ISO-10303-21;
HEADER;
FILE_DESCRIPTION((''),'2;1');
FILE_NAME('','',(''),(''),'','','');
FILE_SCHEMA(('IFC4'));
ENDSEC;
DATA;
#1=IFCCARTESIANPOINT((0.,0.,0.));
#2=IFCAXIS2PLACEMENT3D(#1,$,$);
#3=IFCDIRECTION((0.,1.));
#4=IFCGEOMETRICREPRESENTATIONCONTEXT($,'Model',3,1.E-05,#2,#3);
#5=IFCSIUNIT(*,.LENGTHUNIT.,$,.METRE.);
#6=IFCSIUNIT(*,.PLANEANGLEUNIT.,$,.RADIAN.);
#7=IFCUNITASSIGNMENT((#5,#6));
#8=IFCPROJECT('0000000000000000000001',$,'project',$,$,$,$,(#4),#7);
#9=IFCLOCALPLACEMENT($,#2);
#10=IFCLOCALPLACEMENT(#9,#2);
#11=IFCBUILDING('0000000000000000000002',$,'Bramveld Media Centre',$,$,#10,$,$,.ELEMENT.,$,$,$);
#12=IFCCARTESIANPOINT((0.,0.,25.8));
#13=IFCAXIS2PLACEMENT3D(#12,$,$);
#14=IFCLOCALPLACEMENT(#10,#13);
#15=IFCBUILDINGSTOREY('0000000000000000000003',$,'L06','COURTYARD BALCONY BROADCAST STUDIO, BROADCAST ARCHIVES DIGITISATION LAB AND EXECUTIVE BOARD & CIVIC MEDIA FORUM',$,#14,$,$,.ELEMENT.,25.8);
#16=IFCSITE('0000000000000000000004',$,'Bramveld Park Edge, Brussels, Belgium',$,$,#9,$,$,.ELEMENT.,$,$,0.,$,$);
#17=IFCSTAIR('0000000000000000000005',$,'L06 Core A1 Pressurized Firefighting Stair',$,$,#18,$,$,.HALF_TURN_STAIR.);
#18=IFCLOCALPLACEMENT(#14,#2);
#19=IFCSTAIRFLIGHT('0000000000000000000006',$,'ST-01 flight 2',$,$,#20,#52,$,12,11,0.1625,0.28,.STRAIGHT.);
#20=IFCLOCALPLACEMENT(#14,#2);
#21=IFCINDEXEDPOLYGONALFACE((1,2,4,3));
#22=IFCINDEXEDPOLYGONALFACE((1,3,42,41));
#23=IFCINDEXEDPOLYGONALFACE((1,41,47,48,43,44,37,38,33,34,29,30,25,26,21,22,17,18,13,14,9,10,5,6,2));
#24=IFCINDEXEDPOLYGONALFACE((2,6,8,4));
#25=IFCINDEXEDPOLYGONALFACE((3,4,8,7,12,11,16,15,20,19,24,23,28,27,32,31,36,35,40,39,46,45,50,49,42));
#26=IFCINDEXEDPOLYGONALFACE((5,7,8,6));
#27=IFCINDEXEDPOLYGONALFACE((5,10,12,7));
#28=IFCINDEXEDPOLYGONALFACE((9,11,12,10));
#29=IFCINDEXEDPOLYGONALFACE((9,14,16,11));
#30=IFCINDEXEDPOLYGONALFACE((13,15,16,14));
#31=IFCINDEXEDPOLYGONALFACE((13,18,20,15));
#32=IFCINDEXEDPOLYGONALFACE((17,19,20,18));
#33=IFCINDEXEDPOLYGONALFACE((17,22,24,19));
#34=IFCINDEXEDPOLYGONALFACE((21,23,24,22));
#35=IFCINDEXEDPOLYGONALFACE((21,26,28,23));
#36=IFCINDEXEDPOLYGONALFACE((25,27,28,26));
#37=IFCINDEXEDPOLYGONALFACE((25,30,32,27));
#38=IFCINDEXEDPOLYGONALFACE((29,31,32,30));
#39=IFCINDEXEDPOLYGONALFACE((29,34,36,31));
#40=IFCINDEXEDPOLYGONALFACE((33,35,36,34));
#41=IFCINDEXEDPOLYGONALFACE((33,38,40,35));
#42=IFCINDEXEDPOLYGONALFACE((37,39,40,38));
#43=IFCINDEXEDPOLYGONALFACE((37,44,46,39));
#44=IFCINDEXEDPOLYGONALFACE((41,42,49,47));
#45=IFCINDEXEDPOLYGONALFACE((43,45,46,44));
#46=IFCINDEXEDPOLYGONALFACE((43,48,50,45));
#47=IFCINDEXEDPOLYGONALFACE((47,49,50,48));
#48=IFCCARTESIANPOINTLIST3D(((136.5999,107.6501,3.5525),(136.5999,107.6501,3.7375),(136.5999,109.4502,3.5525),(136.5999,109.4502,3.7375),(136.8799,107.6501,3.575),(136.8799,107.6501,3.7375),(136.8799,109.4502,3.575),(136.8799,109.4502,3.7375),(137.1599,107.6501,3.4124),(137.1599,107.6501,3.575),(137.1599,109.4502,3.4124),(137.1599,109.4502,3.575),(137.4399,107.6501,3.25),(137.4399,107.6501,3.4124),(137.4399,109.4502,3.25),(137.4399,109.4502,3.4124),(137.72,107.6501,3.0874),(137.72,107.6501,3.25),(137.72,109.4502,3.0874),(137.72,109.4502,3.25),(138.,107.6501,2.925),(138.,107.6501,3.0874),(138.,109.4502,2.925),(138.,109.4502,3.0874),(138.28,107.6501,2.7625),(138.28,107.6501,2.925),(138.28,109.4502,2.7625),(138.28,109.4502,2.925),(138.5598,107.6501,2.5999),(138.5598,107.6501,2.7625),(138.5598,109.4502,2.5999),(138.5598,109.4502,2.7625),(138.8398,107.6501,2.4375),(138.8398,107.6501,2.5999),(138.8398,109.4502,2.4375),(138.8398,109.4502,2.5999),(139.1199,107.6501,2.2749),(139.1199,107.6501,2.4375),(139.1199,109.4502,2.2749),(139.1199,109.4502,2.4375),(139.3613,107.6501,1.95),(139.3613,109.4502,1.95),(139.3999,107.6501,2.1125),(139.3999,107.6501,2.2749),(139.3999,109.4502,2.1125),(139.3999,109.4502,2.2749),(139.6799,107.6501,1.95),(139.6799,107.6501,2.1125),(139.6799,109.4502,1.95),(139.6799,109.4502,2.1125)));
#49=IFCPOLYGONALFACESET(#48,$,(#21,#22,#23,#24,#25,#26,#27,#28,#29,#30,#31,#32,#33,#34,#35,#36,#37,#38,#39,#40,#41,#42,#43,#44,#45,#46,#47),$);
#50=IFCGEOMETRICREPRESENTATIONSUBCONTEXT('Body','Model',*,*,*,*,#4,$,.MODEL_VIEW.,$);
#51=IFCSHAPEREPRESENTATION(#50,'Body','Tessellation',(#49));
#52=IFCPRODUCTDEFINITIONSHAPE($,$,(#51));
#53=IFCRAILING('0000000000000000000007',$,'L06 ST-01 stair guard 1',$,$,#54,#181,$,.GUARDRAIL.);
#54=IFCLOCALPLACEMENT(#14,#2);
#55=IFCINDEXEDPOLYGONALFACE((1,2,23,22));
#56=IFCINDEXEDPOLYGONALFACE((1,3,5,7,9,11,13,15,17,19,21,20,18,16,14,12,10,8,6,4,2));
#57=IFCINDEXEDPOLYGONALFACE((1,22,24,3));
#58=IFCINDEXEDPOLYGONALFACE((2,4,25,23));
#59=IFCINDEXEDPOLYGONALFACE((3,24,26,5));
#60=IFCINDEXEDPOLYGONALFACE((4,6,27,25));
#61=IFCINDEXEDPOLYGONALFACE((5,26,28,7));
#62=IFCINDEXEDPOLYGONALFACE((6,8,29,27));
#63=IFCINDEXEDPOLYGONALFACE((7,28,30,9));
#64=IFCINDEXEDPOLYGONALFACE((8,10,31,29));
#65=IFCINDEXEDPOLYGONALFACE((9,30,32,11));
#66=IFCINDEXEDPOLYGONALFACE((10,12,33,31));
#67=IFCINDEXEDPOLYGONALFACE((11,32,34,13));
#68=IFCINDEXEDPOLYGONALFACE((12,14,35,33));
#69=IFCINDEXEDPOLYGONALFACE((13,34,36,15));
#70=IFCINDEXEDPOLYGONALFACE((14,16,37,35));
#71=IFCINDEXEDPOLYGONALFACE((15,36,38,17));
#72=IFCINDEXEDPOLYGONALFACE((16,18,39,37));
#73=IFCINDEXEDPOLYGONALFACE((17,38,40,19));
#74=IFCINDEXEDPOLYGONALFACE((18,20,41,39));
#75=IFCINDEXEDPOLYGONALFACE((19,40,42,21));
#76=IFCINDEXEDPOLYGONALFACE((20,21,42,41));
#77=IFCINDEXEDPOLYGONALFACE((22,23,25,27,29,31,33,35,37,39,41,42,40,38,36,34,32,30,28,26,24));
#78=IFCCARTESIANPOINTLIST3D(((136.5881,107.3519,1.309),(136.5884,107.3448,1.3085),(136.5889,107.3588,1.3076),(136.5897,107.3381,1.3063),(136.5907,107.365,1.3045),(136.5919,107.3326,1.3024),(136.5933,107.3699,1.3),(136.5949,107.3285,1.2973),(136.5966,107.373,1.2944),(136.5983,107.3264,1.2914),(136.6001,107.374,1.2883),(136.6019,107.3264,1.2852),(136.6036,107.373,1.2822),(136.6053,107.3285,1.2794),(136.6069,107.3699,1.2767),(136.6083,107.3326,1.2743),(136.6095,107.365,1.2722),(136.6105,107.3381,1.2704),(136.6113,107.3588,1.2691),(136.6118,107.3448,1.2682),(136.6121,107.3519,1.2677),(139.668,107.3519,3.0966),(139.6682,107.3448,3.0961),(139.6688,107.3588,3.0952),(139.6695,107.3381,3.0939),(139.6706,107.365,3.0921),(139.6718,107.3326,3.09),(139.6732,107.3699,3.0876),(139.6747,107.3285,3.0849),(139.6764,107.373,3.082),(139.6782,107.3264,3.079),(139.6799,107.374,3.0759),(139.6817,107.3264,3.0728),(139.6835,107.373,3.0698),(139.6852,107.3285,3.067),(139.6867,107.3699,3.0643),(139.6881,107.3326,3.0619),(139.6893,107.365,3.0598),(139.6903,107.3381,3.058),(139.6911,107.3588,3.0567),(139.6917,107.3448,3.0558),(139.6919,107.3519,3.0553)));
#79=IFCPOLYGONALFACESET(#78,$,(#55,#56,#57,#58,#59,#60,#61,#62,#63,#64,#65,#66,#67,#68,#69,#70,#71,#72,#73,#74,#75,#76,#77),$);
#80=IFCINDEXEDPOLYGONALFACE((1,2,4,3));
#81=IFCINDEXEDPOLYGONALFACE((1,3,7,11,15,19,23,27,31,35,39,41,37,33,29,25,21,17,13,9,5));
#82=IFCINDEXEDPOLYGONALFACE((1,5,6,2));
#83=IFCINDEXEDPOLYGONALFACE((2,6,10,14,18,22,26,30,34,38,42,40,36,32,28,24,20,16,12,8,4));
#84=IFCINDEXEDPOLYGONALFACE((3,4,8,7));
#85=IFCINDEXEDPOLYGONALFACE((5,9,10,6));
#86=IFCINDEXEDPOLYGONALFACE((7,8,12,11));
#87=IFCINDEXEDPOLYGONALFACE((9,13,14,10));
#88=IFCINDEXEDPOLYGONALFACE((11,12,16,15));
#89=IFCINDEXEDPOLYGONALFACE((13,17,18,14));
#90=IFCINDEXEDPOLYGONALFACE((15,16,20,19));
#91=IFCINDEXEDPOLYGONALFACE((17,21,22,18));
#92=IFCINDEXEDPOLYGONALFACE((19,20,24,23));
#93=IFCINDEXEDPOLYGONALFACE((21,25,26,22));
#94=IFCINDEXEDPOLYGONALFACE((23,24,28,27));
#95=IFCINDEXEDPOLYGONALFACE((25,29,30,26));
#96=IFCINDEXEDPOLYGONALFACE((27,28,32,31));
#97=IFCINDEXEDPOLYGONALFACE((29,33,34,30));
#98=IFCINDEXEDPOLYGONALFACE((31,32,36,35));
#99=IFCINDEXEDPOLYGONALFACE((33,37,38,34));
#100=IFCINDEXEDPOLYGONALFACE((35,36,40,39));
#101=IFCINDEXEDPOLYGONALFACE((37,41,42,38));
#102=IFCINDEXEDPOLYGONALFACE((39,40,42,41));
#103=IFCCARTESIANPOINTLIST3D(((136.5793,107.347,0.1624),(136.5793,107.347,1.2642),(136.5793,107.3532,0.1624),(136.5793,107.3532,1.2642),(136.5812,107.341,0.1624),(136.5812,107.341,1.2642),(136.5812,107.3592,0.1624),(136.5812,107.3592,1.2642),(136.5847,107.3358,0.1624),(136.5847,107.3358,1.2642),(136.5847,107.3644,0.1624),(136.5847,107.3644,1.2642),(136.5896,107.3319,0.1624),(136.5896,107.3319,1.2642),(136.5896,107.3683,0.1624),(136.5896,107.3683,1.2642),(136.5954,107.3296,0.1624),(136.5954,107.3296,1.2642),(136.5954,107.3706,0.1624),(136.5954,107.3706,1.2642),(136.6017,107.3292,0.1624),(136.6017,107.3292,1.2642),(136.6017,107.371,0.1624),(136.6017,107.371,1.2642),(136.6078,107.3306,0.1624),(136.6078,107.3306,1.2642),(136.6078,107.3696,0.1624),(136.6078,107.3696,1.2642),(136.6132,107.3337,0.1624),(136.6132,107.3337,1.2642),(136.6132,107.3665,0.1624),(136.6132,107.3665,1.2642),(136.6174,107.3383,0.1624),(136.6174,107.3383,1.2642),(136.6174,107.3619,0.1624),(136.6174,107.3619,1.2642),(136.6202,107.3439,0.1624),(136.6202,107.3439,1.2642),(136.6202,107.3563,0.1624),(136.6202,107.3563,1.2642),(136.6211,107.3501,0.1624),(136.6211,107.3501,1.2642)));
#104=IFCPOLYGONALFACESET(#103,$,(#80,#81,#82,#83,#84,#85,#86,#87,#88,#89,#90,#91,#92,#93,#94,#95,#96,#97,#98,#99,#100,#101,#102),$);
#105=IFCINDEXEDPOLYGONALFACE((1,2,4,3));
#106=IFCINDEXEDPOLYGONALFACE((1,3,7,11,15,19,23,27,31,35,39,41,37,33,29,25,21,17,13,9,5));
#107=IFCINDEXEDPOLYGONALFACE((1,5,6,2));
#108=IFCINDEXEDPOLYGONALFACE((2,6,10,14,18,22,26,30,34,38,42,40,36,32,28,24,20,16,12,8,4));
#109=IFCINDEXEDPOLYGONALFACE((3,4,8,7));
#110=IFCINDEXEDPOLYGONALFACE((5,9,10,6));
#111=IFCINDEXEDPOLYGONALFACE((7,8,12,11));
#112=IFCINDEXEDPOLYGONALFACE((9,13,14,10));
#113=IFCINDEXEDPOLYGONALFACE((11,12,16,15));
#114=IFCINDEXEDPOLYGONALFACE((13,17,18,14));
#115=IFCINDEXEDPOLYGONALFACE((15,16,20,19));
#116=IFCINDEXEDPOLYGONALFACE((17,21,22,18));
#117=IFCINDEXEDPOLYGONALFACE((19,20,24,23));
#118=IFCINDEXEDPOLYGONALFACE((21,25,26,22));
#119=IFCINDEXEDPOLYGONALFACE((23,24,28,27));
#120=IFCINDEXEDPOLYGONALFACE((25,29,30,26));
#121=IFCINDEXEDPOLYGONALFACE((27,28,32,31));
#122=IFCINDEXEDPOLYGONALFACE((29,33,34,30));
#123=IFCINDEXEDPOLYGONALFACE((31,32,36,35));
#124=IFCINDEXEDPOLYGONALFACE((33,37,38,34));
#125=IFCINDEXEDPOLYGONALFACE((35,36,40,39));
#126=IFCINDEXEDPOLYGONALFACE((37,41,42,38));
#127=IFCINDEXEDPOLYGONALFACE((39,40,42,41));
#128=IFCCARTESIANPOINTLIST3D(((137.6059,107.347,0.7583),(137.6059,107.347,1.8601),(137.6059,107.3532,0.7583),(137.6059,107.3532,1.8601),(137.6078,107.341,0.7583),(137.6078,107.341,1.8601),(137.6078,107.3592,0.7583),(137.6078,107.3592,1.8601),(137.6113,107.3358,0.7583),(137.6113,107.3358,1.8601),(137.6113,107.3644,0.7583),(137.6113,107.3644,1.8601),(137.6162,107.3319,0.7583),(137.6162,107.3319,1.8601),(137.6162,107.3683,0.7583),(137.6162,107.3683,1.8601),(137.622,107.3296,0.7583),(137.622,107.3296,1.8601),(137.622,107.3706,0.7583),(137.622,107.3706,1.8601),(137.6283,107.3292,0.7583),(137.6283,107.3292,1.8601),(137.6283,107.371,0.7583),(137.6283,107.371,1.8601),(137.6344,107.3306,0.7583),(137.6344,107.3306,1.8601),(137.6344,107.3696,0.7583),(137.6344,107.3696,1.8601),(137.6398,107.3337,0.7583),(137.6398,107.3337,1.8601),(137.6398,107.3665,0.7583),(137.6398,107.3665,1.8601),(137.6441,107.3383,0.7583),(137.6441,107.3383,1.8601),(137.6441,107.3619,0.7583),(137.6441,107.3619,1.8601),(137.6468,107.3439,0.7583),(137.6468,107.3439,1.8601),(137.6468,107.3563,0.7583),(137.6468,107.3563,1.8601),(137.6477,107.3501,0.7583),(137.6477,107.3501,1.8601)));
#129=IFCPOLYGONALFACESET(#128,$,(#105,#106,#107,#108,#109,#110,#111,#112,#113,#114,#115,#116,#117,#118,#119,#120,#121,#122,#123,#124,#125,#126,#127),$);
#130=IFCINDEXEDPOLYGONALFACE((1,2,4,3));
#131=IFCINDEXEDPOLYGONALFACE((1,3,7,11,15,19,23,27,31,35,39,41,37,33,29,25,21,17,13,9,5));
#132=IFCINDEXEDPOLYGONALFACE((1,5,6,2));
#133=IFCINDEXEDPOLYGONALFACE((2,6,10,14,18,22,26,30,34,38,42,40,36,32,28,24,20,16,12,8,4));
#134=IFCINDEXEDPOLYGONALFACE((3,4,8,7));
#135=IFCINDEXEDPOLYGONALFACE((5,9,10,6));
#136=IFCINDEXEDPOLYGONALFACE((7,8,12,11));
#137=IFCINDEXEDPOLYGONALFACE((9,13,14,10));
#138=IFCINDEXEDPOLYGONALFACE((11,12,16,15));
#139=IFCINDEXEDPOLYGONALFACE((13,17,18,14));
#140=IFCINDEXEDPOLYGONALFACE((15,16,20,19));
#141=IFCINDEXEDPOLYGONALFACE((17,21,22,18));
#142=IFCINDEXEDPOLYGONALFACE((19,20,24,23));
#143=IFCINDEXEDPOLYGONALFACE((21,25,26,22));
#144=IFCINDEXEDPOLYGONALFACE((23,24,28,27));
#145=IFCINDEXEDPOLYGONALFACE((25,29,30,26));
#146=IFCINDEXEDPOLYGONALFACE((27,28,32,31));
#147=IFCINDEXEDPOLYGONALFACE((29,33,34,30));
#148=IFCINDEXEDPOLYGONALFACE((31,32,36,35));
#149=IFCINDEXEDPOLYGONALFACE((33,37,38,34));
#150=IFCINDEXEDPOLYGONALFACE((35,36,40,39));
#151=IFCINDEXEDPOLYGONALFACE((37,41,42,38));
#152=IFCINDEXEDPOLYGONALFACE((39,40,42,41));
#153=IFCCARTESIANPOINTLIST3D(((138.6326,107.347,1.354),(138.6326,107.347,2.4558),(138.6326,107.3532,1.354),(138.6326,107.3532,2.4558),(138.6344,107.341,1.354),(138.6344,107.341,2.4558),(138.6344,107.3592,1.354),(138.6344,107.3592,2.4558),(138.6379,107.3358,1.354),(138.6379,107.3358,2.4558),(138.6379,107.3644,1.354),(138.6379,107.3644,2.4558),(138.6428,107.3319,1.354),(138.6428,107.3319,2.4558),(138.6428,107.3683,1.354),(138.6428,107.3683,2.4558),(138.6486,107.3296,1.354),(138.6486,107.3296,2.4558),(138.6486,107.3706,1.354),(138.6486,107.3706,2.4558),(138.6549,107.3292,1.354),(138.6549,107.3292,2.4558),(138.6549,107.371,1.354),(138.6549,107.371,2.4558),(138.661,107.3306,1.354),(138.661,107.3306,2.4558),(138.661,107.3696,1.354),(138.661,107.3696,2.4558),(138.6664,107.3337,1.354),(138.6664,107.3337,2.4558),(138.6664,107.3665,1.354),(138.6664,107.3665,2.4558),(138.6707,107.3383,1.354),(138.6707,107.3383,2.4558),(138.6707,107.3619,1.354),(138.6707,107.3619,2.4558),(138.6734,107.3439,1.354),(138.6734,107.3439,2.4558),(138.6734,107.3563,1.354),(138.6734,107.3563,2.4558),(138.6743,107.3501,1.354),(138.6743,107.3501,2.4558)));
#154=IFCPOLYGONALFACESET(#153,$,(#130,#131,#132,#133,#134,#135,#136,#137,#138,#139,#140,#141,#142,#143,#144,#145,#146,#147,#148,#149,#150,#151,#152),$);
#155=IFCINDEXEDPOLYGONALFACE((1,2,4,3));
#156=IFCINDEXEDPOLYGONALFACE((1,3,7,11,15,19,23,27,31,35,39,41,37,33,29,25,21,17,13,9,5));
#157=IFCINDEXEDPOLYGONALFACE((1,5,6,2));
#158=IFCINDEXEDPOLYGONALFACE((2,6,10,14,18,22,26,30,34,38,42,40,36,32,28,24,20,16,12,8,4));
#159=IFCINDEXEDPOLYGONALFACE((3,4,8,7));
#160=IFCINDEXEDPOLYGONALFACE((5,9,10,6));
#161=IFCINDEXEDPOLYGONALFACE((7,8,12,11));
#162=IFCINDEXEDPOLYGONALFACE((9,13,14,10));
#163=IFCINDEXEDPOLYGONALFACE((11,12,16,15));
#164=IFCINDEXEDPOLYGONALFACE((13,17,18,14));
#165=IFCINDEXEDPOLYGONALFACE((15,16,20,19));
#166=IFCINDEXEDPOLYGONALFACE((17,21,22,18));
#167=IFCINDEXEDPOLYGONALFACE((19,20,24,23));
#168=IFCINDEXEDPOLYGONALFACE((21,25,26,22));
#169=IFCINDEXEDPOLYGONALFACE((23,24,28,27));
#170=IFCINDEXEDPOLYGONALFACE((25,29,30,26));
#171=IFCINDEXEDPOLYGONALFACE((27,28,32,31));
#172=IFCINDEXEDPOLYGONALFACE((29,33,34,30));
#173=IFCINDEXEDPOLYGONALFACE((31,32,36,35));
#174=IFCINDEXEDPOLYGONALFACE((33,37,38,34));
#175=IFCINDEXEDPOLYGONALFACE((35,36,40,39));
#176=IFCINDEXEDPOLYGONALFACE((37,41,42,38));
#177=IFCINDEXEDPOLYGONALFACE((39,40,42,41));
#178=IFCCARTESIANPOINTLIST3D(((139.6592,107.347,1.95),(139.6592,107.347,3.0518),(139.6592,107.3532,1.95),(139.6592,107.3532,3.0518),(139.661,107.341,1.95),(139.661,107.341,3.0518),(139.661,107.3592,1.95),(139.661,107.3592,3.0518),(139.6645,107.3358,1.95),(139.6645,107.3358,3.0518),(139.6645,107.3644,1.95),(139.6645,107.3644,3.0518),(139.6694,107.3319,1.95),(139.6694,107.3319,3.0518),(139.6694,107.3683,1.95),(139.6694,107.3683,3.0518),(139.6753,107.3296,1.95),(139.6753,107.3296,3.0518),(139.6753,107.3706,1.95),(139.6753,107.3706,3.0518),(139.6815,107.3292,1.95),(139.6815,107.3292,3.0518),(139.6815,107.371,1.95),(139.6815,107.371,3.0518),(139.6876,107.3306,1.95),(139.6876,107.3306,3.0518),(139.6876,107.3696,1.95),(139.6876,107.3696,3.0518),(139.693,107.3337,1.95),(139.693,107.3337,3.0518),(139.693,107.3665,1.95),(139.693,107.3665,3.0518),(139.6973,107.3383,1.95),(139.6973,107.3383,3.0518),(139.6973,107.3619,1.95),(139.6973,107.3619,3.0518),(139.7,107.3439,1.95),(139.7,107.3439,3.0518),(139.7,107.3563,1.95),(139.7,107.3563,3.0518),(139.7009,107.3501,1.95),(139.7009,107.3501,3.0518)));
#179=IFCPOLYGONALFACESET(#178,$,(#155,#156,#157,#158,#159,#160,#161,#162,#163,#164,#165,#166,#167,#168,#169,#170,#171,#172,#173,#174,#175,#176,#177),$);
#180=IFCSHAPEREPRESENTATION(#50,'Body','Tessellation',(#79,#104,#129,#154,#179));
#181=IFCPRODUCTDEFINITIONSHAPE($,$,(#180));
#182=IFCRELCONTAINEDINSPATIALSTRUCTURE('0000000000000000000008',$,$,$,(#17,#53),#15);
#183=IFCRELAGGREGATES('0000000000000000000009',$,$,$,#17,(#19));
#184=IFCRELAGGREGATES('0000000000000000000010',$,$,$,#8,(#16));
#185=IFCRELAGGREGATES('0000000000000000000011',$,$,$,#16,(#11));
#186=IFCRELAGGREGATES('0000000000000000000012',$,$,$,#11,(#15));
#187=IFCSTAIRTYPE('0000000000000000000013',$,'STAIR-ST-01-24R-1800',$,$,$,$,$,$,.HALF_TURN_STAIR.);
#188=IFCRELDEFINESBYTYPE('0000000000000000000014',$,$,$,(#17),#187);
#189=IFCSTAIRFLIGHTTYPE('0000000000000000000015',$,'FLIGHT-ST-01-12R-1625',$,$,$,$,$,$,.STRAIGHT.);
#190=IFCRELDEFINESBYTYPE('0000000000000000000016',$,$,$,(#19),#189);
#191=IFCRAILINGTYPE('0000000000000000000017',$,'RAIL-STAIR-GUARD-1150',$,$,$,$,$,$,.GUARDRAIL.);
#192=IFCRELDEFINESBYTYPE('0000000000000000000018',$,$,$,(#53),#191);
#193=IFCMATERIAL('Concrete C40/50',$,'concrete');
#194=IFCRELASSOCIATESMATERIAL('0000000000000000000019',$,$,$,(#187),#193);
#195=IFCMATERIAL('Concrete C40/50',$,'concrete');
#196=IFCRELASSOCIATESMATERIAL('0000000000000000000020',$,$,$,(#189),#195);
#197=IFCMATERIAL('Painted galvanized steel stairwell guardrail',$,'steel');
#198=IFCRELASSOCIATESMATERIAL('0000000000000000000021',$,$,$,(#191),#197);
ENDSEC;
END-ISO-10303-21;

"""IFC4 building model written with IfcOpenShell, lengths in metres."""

from ifc_helpers import new_model, si_unit, direction, frame, origin, origin_2d, place, context, subcontext, project, spatial, polyline, circle, outline, extrude, material, type_object, element, aggregate, save


model = new_model("IFC4")

# Units and contexts
model_context = context("Model", 3, precision=1e-05, world=origin(), true_north=direction((0.0, 1.0)))
body_context = subcontext(model_context, "Body", "Model", "MODEL_VIEW")
ifc_project = project(units=[si_unit("LENGTHUNIT", "METRE"), si_unit("PLANEANGLEUNIT", "RADIAN")], contexts=[model_context])

# Site, building, storey
site_placement = place(None, origin())
site = spatial("IfcSite", under=ifc_project, at=site_placement, Name="Bramveld Park Edge, Brussels, Belgium", CompositionType="ELEMENT", RefElevation=0.0)
building_placement = place(site_placement, origin())
building = spatial("IfcBuilding", under=site, at=building_placement, Name="Bramveld Media Centre", CompositionType="ELEMENT")
storey_placement = place(building_placement, frame((0.0, 0.0, 25.8)))
storey = spatial("IfcBuildingStorey", under=building, at=storey_placement, Name="L06", Description="COURTYARD BALCONY BROADCAST STUDIO, BROADCAST ARCHIVES DIGITISATION LAB AND EXECUTIVE BOARD & CIVIC MEDIA FORUM", CompositionType="ELEMENT", Elevation=25.8)

# Stair, stair flight
ifc_material_1 = material(Name="Concrete C40/50", Category="concrete")
stair_type = type_object("IfcStairType", Name="STAIR-ST-01-24R-1800", PredefinedType="HALF_TURN_STAIR", material=ifc_material_1)
stair_placement = place(storey_placement, origin())
stair = element("IfcStair", 1, at=stair_placement, inside=storey, type_object=stair_type, Name="L06 Core A1 Pressurized Firefighting Stair", PredefinedType="HALF_TURN_STAIR")
ifc_material_2 = material(Name="Concrete C40/50", Category="concrete")
stair_flight_type = type_object("IfcStairFlightType", Name="FLIGHT-ST-01-12R-1625", PredefinedType="STRAIGHT", material=ifc_material_2)
stair_flight_1_placement = place(storey_placement, frame((139.6799, 108.55, 1.95), z_axis=(0.0, 0.0, 1.0), x_axis=(-1.0, 0.0, 0.0)))
stair_flight_1 = element("IfcStairFlight", 2, at=stair_flight_1_placement, type_object=stair_flight_type, Name="ST-01 flight 2", NumberOfRisers=12, NumberOfTreads=11, PredefinedType="STRAIGHT", RiserHeight=0.1625, TreadLength=0.28, context=body_context, shape_type="SweptSolid", body=[
    extrude(outline(polyline([(0.0, 0.0), (0.0, 0.1626), (0.28, 0.1626), (0.28, 0.325), (0.5601, 0.325), (0.5601, 0.4875), (0.8401, 0.4875), (0.8401, 0.6499), (1.1201, 0.6499), (1.1201, 0.8125), (1.3999, 0.8125), (1.3999, 0.9751), (1.6799, 0.9751), (1.6799, 1.1375), (1.96, 1.1375), (1.96, 1.3), (2.24, 1.3), (2.24, 1.4624), (2.52, 1.4624), (2.52, 1.625), (2.8, 1.625), (2.8, 1.7876), (3.0801, 1.7876), (3.0801, 1.95), (3.0801, 1.6025), (0.3186, 0.0), (0.0, 0.0)])), frame((0.0, 0.8999, 0.0), z_axis=(0.0, -1.0, 0.0), x_axis=(1.0, 0.0, 0.0)), (0.0, 0.0, 1.0), 1.8),
])
aggregate(stair, [stair_flight_1])

# Railing
ifc_material_3 = material(Name="Painted galvanized steel stairwell guardrail", Category="steel")
railing_type_1 = type_object("IfcRailingType", Name="RAIL-STAIR-GUARD-1150", PredefinedType="GUARDRAIL", material=ifc_material_3)
railing_1_placement = place(storey_placement, frame((136.6001, 107.3501, 0.1624)))
element("IfcRailing", 3, at=railing_1_placement, inside=storey, type_object=railing_type_1, Name="L06 ST-01 stair guard 1", PredefinedType="GUARDRAIL", context=body_context, shape_type="SweptSolid", body=[
    extrude(circle(Radius=0.0239, at=origin_2d()), frame((0.0, 0.0, 1.126), z_axis=(0.864873, 0.0, 0.50199), x_axis=(0.0, 1.0, 0.0)), (0.0, 0.0, 1.0), 3.561),
    extrude(circle(Radius=0.021, at=origin_2d()), origin(), (0.0, 0.0, 1.0), 1.1018),
    extrude(circle(Radius=0.021, at=origin_2d()), frame((1.0266, 0.0, 0.5959)), (0.0, 0.0, 1.0), 1.1018),
    extrude(circle(Radius=0.021, at=origin_2d()), frame((2.0532, 0.0, 1.1917)), (0.0, 0.0, 1.0), 1.1018),
    extrude(circle(Radius=0.021, at=origin_2d()), frame((3.0798, 0.0, 1.7876)), (0.0, 0.0, 1.0), 1.1018),
])

save(model, "model.ifc")
